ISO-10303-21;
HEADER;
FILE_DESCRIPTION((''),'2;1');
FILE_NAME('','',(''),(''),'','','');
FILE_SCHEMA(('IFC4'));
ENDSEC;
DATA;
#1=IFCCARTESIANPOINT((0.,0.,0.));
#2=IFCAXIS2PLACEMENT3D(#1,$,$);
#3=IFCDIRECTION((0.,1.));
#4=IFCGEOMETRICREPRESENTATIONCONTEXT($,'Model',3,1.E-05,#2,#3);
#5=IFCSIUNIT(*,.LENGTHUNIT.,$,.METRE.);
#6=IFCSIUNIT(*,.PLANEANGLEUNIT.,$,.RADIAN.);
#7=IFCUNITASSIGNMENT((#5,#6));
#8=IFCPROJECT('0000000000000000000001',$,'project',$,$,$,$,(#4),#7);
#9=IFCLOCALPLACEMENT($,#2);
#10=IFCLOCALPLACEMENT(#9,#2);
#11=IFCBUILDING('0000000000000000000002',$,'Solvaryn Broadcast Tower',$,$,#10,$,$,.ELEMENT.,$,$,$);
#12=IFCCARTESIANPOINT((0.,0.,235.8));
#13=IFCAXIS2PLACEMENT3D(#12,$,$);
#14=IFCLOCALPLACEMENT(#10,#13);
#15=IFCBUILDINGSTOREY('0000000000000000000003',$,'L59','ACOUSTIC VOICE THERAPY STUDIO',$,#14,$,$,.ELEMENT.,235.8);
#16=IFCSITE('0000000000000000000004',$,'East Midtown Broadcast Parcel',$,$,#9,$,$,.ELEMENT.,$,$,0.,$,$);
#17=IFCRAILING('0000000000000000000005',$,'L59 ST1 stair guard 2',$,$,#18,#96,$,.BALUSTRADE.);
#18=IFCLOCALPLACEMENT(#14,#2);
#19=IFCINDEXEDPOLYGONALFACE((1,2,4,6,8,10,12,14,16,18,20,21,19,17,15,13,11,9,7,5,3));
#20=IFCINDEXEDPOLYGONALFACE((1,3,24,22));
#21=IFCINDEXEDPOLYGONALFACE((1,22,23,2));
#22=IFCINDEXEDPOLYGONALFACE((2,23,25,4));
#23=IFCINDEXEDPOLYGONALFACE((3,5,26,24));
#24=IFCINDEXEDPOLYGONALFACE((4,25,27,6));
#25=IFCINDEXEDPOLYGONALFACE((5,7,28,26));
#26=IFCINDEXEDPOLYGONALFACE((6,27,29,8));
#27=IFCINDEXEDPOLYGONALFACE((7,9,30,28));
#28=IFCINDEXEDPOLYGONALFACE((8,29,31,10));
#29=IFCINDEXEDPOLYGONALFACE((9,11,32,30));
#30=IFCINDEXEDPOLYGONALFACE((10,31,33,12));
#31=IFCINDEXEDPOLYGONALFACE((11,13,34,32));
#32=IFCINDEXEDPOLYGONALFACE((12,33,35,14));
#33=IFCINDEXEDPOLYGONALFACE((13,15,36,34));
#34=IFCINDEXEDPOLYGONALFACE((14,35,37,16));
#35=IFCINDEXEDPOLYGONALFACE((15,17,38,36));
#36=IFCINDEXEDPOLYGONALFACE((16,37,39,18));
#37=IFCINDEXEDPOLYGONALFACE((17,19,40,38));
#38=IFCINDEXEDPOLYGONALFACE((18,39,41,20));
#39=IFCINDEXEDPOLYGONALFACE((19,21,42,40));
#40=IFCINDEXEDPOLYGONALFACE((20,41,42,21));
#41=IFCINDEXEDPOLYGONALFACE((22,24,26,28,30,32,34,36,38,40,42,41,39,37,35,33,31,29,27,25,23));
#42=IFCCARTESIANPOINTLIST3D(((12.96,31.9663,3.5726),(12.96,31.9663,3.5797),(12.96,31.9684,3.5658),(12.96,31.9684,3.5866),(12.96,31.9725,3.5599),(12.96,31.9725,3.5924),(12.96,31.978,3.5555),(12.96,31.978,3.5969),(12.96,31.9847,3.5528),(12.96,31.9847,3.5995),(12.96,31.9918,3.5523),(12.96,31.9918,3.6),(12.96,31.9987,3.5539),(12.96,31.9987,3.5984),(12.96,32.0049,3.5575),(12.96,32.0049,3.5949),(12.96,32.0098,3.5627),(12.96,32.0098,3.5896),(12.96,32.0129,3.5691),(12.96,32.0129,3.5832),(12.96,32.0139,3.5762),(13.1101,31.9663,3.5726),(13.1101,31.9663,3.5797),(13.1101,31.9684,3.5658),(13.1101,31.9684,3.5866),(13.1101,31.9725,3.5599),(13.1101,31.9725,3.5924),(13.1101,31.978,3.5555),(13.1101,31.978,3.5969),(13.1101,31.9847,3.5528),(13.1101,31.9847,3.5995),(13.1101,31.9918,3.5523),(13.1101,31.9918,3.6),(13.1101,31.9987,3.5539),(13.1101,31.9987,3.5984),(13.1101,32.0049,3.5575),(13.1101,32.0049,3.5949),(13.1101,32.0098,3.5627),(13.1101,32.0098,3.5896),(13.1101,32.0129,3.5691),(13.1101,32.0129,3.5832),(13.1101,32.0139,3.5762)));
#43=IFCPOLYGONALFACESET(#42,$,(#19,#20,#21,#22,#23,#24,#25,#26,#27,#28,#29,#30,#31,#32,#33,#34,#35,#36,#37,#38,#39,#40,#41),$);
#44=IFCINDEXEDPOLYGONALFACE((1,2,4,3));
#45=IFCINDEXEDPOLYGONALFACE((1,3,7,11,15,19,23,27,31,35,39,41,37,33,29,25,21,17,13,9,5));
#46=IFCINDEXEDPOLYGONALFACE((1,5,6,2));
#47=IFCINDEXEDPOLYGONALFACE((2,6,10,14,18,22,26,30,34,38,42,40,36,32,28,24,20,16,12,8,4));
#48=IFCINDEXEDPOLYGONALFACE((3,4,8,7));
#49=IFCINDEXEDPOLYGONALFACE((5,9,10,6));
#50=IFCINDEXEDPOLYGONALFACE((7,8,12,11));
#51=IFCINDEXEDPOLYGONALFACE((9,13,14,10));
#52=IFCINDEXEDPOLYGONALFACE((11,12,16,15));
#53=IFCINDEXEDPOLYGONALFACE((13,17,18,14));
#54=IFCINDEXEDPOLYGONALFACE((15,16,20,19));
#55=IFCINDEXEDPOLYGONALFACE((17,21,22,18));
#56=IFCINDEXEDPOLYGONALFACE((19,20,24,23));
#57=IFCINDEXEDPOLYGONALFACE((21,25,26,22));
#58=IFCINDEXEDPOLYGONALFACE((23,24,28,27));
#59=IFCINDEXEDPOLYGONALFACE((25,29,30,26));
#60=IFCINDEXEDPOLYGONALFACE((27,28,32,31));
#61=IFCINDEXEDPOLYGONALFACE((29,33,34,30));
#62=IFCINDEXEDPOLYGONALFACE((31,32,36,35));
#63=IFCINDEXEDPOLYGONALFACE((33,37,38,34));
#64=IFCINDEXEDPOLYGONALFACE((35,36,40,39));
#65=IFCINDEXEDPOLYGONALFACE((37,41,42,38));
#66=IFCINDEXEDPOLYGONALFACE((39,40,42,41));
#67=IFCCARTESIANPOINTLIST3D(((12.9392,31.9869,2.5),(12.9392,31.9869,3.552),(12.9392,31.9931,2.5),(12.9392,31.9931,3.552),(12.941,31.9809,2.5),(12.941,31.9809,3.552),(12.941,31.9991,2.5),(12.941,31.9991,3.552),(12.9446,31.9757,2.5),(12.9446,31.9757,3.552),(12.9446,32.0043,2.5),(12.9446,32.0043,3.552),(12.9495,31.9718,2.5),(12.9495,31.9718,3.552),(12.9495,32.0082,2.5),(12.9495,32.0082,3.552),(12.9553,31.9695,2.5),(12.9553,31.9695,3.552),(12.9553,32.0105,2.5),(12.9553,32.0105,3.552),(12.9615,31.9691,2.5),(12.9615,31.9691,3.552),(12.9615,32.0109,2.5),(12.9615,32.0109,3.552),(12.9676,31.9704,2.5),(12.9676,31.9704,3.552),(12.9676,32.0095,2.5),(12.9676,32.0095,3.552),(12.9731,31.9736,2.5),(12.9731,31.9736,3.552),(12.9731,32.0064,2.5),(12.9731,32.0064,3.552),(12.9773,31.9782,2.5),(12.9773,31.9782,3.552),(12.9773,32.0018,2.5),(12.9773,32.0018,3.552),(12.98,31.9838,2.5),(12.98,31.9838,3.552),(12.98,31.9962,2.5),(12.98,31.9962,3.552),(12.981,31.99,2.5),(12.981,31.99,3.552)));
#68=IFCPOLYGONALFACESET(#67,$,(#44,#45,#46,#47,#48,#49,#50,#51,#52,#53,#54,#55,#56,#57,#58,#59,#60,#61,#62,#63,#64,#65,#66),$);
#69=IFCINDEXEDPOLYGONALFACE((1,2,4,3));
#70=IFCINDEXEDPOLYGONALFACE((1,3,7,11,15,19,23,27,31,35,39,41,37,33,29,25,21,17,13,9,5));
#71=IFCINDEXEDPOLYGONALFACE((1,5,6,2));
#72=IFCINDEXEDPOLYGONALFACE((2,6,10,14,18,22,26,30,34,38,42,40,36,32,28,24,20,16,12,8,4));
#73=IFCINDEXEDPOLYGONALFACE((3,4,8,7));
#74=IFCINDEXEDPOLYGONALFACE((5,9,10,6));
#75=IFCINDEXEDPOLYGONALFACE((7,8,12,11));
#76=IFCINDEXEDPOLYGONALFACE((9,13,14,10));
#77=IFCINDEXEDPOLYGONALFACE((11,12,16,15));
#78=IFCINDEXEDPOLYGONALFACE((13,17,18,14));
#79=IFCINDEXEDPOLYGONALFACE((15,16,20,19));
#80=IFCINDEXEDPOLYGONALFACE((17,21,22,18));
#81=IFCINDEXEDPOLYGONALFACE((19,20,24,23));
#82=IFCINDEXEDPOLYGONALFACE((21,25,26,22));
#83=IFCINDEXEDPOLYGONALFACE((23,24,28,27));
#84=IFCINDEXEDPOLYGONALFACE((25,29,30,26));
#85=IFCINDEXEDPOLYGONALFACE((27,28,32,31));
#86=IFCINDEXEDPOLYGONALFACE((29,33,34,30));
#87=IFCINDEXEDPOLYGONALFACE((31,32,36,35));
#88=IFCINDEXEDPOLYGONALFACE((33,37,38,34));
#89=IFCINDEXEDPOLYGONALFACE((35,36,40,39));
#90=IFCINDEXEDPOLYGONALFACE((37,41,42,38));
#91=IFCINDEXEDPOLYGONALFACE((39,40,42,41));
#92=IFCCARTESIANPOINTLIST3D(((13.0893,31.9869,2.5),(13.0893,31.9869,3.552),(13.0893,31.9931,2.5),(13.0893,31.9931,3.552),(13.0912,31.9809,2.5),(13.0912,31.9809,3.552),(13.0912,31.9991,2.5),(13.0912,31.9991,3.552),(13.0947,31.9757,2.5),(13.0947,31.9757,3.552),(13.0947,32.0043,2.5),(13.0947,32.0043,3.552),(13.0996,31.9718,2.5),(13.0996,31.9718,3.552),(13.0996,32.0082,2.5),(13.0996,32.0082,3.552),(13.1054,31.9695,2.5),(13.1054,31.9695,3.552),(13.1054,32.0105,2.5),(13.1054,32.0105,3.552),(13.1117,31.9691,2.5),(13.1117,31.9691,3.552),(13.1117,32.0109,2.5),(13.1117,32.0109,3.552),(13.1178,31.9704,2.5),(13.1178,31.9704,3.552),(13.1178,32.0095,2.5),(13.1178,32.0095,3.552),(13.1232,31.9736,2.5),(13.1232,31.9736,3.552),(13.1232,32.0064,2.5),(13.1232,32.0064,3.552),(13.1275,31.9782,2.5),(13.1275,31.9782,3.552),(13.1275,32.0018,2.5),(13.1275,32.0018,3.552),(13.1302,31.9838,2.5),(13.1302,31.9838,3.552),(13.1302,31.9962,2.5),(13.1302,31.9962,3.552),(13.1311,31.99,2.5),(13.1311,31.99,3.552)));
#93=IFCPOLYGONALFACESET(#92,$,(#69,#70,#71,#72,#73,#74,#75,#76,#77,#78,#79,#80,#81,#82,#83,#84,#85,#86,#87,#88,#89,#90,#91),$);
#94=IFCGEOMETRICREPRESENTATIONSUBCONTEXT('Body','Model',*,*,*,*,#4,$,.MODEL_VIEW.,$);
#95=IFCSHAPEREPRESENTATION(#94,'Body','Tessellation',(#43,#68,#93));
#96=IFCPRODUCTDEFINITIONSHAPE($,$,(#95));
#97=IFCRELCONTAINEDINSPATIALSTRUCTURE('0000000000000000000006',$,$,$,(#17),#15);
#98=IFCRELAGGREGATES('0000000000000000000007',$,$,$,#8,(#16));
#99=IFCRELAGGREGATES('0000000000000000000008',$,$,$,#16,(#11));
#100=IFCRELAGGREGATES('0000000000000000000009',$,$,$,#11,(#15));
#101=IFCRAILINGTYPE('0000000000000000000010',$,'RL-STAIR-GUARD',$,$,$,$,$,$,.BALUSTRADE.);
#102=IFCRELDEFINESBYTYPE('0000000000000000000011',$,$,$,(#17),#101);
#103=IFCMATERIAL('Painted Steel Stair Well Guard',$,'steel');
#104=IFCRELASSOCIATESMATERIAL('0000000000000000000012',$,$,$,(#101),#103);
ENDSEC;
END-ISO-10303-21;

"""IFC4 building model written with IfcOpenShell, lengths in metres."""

from ifc_helpers import new_model, si_unit, direction, frame, origin, origin_2d, place, context, subcontext, project, spatial, circle, extrude, material, type_object, element, save


model = new_model("IFC4")

# Units and contexts
model_context = context("Model", 3, precision=1e-05, world=origin(), true_north=direction((0.0, 1.0)))
body_context = subcontext(model_context, "Body", "Model", "MODEL_VIEW")
ifc_project = project(units=[si_unit("LENGTHUNIT", "METRE"), si_unit("PLANEANGLEUNIT", "RADIAN")], contexts=[model_context])

# Site, building, storey
site_placement = place(None, origin())
site = spatial("IfcSite", under=ifc_project, at=site_placement, Name="East Midtown Broadcast Parcel", CompositionType="ELEMENT", RefElevation=0.0)
building_placement = place(site_placement, origin())
building = spatial("IfcBuilding", under=site, at=building_placement, Name="Solvaryn Broadcast Tower", CompositionType="ELEMENT")
storey_placement = place(building_placement, frame((0.0, 0.0, 235.8)))
storey = spatial("IfcBuildingStorey", under=building, at=storey_placement, Name="L59", Description="ACOUSTIC VOICE THERAPY STUDIO", CompositionType="ELEMENT", Elevation=235.8)

# Railing
ifc_material_1 = material(Name="Painted Steel Stair Well Guard", Category="steel")
railing_type_1 = type_object("IfcRailingType", Name="RL-STAIR-GUARD", PredefinedType="BALUSTRADE", material=ifc_material_1)
railing_1_placement = place(storey_placement, frame((12.96, 31.99, 2.5)))
element("IfcRailing", 1, at=railing_1_placement, inside=storey, type_object=railing_type_1, Name="L59 ST1 stair guard 2", PredefinedType="BALUSTRADE", context=body_context, shape_type="SweptSolid", body=[
    extrude(circle(Radius=0.0239, at=origin_2d()), frame((0.0, 0.0, 1.0762), z_axis=(1.0, 0.0, 0.0), x_axis=(0.0, 1.0, 0.0)), (0.0, 0.0, 1.0), 0.1501),
    extrude(circle(Radius=0.021, at=origin_2d()), origin(), (0.0, 0.0, 1.0), 1.052),
    extrude(circle(Radius=0.021, at=origin_2d()), frame((0.1501, 0.0, 0.0)), (0.0, 0.0, 1.0), 1.052),
])

save(model, "model.ifc")
